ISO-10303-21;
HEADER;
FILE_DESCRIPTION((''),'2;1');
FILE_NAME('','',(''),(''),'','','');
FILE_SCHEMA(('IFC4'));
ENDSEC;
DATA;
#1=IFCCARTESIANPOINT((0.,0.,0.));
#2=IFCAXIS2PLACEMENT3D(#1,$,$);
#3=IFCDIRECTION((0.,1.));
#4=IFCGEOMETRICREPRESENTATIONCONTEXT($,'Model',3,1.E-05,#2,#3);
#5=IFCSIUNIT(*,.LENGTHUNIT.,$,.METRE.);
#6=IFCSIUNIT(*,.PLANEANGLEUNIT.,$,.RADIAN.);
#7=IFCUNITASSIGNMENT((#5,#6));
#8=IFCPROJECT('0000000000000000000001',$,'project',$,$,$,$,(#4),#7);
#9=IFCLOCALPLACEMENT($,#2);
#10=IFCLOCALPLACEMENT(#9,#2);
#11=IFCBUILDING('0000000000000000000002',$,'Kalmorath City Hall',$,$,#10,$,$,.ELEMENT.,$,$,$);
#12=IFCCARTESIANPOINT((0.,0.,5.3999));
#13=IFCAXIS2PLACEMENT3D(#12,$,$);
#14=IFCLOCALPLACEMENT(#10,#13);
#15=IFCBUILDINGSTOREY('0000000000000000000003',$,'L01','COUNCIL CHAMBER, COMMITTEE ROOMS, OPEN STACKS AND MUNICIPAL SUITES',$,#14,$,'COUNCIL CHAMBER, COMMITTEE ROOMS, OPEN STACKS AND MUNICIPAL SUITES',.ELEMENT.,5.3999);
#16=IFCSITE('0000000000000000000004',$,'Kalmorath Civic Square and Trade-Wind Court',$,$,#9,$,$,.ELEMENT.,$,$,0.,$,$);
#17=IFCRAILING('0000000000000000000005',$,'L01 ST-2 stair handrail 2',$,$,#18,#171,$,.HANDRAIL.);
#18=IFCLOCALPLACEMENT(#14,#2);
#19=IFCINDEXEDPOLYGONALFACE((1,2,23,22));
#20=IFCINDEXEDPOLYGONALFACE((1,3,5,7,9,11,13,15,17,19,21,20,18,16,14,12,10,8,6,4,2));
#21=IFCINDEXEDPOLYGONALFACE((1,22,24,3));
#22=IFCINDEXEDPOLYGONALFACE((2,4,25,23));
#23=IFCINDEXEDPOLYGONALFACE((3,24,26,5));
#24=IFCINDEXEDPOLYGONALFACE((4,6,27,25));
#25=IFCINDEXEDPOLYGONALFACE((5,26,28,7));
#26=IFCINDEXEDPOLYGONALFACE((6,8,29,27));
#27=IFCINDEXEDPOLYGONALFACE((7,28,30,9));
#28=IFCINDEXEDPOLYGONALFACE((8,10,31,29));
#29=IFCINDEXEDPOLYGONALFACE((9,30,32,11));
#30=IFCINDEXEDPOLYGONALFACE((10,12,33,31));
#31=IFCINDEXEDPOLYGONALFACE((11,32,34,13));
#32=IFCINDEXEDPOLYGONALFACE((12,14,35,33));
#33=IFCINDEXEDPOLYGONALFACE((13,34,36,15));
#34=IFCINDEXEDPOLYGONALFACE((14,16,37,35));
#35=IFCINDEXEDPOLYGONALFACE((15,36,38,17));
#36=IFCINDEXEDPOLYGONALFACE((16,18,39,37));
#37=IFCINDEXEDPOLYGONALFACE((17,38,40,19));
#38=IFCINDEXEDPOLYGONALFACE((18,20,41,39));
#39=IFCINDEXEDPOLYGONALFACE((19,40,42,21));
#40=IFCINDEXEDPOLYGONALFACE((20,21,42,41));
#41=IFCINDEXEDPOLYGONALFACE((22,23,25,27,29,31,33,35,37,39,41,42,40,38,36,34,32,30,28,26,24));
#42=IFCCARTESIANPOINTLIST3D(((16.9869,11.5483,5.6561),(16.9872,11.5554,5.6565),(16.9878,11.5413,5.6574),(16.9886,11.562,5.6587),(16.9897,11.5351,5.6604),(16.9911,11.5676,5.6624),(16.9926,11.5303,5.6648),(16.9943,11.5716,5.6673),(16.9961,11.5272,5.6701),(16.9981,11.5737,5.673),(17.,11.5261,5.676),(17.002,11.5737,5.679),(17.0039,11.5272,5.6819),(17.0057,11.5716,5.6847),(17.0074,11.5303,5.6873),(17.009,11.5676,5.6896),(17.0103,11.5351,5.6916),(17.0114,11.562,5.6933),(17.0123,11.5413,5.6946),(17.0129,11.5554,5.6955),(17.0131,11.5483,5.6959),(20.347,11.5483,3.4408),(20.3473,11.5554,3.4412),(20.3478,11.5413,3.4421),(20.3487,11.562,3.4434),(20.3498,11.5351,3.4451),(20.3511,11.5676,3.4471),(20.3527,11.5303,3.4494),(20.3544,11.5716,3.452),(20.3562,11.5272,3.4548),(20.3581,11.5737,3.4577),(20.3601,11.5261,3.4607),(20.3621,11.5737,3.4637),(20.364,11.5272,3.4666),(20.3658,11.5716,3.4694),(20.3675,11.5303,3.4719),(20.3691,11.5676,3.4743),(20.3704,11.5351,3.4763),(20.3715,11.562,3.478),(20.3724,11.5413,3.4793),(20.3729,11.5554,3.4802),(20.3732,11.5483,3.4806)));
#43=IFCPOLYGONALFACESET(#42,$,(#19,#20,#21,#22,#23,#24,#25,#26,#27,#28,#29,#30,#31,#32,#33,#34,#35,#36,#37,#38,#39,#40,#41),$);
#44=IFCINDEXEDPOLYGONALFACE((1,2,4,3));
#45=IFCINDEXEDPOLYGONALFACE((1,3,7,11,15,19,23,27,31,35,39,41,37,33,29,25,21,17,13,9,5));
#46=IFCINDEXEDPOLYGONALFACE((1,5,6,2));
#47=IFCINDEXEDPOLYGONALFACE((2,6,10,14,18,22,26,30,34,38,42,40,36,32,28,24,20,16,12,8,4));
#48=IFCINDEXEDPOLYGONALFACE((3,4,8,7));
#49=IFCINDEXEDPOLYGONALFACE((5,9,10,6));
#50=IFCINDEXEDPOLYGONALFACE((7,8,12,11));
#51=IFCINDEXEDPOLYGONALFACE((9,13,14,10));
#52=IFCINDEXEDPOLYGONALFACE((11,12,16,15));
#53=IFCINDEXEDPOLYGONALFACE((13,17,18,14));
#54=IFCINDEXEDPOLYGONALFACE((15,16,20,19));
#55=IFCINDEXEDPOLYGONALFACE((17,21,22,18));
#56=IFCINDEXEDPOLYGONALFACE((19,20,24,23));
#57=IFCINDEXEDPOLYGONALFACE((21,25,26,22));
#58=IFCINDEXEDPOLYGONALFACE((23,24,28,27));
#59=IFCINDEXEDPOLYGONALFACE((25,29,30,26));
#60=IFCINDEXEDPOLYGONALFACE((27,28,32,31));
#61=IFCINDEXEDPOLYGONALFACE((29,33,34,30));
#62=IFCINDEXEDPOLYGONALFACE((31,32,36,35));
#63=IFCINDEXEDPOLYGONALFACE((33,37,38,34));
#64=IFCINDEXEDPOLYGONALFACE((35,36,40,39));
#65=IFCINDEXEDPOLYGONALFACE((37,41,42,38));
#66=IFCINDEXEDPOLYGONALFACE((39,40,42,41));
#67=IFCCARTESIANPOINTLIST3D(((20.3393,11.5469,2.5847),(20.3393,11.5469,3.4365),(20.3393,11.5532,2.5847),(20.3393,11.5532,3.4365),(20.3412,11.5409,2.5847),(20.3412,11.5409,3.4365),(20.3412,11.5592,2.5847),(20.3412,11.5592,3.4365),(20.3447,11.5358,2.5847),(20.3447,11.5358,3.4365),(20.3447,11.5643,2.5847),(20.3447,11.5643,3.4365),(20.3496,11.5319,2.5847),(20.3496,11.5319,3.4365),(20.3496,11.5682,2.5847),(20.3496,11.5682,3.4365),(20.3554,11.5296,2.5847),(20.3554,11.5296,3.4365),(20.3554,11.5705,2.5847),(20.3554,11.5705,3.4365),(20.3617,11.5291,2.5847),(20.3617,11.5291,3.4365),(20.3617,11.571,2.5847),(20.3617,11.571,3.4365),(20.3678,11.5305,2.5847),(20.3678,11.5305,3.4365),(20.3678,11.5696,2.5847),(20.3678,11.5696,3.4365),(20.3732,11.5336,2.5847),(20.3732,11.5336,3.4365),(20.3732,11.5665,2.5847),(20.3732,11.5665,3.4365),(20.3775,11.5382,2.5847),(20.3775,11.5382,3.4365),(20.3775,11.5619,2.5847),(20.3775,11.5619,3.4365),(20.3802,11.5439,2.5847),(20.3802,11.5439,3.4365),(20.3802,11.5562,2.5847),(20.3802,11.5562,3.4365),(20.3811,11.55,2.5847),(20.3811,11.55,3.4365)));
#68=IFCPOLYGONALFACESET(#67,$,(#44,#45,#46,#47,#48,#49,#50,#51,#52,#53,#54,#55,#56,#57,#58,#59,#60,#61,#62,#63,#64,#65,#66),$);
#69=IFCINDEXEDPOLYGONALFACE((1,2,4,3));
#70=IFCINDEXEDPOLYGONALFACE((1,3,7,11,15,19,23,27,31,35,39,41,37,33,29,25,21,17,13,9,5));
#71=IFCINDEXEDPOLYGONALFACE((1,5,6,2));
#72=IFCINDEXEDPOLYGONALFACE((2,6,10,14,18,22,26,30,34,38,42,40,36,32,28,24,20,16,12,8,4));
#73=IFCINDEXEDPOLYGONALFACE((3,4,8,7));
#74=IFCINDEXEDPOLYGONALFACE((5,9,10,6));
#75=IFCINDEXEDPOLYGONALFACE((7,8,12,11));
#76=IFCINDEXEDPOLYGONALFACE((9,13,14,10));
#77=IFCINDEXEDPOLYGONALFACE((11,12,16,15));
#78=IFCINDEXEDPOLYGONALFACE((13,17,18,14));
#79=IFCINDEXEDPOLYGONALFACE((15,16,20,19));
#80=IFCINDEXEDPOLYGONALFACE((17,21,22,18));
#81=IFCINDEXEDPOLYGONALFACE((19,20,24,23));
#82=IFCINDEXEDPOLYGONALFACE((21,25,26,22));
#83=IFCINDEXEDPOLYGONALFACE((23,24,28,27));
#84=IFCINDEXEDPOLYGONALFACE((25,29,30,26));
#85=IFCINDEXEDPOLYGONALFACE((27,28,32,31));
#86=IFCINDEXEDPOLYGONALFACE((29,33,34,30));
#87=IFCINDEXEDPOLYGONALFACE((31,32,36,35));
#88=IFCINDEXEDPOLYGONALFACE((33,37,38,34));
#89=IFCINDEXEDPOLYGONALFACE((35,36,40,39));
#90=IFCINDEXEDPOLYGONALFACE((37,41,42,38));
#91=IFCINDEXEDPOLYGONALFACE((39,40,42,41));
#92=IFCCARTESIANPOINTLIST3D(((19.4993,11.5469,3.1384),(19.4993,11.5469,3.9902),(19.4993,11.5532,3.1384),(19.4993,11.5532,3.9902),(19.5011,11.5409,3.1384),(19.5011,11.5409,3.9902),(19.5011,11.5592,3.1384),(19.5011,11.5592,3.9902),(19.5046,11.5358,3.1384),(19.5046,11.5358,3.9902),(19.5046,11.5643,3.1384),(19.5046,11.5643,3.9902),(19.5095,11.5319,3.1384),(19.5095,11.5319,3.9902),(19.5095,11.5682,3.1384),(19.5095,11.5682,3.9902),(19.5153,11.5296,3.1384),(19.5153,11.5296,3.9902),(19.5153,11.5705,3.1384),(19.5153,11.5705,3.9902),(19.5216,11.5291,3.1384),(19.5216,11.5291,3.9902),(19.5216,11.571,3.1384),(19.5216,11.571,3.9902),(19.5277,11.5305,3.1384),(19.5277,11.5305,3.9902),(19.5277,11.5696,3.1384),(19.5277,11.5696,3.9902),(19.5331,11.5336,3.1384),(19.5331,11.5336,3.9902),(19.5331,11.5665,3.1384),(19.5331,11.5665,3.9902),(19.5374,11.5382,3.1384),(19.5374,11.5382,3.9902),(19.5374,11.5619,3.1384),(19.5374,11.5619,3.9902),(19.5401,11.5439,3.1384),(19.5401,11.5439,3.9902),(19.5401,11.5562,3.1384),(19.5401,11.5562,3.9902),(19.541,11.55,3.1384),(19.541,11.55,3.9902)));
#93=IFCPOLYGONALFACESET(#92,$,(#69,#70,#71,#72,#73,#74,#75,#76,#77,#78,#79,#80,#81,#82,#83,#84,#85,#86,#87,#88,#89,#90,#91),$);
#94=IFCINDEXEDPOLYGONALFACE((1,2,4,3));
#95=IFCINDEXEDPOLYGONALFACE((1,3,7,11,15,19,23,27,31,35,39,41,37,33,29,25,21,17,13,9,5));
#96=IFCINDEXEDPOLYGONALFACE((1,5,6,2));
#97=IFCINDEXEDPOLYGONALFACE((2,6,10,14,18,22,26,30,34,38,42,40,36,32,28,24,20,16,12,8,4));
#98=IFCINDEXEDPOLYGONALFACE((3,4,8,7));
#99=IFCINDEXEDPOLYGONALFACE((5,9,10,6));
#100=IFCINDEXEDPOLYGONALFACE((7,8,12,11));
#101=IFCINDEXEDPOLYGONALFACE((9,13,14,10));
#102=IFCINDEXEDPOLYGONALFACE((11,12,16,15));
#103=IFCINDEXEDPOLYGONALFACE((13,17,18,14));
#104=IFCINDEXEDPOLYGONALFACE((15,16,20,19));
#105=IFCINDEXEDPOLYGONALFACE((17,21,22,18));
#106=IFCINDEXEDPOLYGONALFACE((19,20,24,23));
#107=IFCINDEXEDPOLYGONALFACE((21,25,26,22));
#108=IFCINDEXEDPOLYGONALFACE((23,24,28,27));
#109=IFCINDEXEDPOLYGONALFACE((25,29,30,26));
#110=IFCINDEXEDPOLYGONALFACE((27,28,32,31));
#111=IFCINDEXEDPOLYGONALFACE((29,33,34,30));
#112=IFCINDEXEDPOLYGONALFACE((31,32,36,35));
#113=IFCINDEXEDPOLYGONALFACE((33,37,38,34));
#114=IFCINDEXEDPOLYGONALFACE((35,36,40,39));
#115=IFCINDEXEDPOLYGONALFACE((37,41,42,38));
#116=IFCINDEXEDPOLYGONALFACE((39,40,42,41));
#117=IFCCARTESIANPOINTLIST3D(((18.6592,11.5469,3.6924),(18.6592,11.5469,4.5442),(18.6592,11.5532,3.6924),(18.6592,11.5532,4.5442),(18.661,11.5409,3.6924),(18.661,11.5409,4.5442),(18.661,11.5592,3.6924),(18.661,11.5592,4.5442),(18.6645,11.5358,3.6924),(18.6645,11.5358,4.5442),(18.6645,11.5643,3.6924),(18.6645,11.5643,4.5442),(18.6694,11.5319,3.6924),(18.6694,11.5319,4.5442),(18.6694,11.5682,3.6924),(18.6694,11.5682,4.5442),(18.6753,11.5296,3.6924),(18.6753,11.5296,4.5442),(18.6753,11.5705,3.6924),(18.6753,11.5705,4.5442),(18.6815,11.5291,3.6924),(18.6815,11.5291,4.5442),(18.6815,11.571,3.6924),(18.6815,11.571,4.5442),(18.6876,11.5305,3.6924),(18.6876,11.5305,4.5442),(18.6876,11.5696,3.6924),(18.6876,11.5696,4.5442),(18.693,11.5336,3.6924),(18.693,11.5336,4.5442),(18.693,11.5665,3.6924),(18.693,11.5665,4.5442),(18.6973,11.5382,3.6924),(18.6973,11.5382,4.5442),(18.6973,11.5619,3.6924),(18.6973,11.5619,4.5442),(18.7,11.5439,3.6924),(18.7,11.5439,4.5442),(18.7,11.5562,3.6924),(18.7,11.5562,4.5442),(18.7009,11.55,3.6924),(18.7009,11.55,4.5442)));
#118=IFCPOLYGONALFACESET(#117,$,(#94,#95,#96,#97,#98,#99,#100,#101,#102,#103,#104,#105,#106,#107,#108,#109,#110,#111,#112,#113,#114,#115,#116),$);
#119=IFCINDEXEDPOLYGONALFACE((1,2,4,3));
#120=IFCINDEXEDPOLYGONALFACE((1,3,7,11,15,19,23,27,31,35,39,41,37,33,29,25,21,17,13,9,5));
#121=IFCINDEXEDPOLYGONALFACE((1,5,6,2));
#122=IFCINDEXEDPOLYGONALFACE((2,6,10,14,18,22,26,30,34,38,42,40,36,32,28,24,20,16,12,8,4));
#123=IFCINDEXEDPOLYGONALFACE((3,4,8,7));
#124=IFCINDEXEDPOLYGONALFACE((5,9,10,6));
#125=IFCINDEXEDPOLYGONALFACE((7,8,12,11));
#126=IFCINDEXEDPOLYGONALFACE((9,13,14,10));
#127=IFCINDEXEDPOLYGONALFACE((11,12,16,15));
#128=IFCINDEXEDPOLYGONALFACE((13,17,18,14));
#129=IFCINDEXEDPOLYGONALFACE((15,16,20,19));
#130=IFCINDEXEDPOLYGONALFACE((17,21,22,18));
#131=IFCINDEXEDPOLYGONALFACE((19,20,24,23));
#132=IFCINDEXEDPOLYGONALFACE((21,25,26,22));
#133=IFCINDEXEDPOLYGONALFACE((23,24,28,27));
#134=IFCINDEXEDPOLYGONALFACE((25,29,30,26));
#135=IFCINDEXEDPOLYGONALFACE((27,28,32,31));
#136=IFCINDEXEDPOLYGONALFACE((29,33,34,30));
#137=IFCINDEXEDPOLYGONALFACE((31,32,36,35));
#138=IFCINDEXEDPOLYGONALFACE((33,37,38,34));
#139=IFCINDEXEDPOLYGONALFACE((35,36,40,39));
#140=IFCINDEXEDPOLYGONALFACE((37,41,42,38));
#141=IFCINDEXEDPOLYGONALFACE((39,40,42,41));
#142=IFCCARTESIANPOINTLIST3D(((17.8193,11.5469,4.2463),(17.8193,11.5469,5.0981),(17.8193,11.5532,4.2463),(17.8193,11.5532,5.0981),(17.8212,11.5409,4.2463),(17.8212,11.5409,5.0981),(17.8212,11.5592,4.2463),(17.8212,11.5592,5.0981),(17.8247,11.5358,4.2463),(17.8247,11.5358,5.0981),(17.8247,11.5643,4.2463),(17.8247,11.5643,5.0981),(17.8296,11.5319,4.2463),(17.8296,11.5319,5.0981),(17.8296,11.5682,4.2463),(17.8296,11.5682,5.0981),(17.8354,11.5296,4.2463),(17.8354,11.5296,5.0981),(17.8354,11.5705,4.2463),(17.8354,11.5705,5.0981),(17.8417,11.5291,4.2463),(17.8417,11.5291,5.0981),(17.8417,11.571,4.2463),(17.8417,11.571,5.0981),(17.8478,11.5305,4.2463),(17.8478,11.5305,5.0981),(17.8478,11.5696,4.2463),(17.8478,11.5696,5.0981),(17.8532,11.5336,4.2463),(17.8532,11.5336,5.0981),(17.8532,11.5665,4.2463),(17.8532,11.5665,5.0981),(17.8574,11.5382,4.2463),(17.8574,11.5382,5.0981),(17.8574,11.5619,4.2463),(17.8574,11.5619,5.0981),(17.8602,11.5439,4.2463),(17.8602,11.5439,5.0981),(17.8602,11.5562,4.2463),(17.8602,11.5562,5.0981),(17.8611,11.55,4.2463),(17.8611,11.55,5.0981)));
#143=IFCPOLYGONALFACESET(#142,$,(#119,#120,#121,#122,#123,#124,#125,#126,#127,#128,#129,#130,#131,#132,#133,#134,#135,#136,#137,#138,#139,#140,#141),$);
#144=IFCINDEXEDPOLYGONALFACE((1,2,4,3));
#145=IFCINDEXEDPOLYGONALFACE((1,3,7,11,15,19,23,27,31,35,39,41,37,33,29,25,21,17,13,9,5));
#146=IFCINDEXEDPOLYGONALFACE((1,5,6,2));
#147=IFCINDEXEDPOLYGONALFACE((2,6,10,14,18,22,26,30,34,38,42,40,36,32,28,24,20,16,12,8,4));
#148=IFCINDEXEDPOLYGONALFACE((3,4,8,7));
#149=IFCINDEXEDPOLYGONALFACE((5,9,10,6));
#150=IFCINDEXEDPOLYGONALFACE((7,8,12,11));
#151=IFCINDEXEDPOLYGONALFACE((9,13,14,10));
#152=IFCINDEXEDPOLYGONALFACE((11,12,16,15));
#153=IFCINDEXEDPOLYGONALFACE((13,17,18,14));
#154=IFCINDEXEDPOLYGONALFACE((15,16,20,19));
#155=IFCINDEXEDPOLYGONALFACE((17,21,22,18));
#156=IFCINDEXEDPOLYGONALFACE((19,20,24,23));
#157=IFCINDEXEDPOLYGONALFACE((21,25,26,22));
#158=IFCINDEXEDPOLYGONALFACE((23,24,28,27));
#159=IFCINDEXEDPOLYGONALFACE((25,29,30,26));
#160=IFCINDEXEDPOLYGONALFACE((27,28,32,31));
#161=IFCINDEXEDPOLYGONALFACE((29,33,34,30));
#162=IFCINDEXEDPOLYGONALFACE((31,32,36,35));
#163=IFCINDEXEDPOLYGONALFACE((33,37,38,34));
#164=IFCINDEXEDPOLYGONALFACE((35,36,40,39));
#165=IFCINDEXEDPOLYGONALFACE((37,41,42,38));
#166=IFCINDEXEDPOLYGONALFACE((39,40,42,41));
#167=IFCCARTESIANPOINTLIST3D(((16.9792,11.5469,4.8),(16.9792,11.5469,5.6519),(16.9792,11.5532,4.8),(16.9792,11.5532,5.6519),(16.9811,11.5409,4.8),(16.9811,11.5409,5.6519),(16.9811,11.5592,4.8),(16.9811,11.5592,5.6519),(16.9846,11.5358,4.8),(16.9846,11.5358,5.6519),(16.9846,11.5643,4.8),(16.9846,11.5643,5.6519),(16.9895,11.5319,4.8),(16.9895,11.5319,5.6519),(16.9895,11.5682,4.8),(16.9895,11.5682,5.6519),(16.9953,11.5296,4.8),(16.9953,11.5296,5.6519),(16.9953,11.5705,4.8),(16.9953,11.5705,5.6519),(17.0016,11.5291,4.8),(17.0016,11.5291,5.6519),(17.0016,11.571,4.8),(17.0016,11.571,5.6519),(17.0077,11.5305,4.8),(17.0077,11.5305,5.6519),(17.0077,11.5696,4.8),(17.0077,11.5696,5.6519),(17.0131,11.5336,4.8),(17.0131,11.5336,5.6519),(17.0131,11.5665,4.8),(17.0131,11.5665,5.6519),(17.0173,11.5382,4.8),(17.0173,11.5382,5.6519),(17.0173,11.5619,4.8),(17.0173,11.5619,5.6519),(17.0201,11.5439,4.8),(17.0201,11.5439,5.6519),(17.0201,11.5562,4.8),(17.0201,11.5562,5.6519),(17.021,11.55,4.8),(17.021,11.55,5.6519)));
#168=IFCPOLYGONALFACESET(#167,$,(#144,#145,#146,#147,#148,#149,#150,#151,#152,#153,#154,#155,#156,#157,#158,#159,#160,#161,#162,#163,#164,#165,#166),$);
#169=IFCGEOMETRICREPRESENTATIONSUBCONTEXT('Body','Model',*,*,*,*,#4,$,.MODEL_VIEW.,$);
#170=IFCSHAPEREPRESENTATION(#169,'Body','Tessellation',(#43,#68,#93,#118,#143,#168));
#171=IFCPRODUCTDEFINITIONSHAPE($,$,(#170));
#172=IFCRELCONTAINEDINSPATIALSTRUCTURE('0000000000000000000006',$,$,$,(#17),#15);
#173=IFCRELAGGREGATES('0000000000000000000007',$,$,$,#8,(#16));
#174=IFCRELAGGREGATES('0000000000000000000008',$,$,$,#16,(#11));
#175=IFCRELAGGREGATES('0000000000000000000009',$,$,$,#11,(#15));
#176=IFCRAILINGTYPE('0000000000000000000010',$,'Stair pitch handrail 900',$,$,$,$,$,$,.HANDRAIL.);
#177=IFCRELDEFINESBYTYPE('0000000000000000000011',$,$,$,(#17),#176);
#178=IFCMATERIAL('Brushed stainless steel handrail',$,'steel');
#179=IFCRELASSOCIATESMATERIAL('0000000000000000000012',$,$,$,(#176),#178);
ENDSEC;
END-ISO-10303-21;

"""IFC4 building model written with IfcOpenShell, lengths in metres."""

from ifc_helpers import new_model, si_unit, direction, frame, origin, origin_2d, place, context, subcontext, project, spatial, circle, extrude, material, type_object, element, save


model = new_model("IFC4")

# Units and contexts
model_context = context("Model", 3, precision=1e-05, world=origin(), true_north=direction((0.0, 1.0)))
body_context = subcontext(model_context, "Body", "Model", "MODEL_VIEW")
ifc_project = project(units=[si_unit("LENGTHUNIT", "METRE"), si_unit("PLANEANGLEUNIT", "RADIAN")], contexts=[model_context])

# Site, building, storey
site_placement = place(None, origin())
site = spatial("IfcSite", under=ifc_project, at=site_placement, Name="Kalmorath Civic Square and Trade-Wind Court", CompositionType="ELEMENT", RefElevation=0.0)
building_placement = place(site_placement, origin())
building = spatial("IfcBuilding", under=site, at=building_placement, Name="Kalmorath City Hall", CompositionType="ELEMENT")
storey_placement = place(building_placement, frame((0.0, 0.0, 5.3999)))
storey = spatial("IfcBuildingStorey", under=building, at=storey_placement, Name="L01", Description="COUNCIL CHAMBER, COMMITTEE ROOMS, OPEN STACKS AND MUNICIPAL SUITES", LongName="COUNCIL CHAMBER, COMMITTEE ROOMS, OPEN STACKS AND MUNICIPAL SUITES", CompositionType="ELEMENT", Elevation=5.3999)

# Railing
ifc_material_1 = material(Name="Brushed stainless steel handrail", Category="steel")
railing_type_1 = type_object("IfcRailingType", Name="Stair pitch handrail 900", PredefinedType="HANDRAIL", material=ifc_material_1)
railing_1_placement = place(storey_placement, frame((20.3601, 11.55, 2.5847)))
element("IfcRailing", 1, at=railing_1_placement, inside=storey, type_object=railing_type_1, Name="L01 ST-2 stair handrail 2", PredefinedType="HANDRAIL", context=body_context, shape_type="SweptSolid", body=[
    extrude(circle(Radius=0.0239, at=origin_2d()), frame((0.0, 0.0, 0.876), z_axis=(-0.834876, 0.0, 0.550437), x_axis=(0.0, -1.0, 0.0)), (0.0, 0.0, 1.0), 4.0247),
    extrude(circle(Radius=0.021, at=origin_2d()), origin(), (0.0, 0.0, 1.0), 0.8518),
    extrude(circle(Radius=0.021, at=origin_2d()), frame((-0.8401, 0.0, 0.5537)), (0.0, 0.0, 1.0), 0.8518),
    extrude(circle(Radius=0.021, at=origin_2d()), frame((-1.6802, 0.0, 1.1077)), (0.0, 0.0, 1.0), 0.8518),
    extrude(circle(Radius=0.021, at=origin_2d()), frame((-2.52, 0.0, 1.6616)), (0.0, 0.0, 1.0), 0.8518),
    extrude(circle(Radius=0.021, at=origin_2d()), frame((-3.3601, 0.0, 2.2153)), (0.0, 0.0, 1.0), 0.8518),
])

save(model, "model.ifc")
